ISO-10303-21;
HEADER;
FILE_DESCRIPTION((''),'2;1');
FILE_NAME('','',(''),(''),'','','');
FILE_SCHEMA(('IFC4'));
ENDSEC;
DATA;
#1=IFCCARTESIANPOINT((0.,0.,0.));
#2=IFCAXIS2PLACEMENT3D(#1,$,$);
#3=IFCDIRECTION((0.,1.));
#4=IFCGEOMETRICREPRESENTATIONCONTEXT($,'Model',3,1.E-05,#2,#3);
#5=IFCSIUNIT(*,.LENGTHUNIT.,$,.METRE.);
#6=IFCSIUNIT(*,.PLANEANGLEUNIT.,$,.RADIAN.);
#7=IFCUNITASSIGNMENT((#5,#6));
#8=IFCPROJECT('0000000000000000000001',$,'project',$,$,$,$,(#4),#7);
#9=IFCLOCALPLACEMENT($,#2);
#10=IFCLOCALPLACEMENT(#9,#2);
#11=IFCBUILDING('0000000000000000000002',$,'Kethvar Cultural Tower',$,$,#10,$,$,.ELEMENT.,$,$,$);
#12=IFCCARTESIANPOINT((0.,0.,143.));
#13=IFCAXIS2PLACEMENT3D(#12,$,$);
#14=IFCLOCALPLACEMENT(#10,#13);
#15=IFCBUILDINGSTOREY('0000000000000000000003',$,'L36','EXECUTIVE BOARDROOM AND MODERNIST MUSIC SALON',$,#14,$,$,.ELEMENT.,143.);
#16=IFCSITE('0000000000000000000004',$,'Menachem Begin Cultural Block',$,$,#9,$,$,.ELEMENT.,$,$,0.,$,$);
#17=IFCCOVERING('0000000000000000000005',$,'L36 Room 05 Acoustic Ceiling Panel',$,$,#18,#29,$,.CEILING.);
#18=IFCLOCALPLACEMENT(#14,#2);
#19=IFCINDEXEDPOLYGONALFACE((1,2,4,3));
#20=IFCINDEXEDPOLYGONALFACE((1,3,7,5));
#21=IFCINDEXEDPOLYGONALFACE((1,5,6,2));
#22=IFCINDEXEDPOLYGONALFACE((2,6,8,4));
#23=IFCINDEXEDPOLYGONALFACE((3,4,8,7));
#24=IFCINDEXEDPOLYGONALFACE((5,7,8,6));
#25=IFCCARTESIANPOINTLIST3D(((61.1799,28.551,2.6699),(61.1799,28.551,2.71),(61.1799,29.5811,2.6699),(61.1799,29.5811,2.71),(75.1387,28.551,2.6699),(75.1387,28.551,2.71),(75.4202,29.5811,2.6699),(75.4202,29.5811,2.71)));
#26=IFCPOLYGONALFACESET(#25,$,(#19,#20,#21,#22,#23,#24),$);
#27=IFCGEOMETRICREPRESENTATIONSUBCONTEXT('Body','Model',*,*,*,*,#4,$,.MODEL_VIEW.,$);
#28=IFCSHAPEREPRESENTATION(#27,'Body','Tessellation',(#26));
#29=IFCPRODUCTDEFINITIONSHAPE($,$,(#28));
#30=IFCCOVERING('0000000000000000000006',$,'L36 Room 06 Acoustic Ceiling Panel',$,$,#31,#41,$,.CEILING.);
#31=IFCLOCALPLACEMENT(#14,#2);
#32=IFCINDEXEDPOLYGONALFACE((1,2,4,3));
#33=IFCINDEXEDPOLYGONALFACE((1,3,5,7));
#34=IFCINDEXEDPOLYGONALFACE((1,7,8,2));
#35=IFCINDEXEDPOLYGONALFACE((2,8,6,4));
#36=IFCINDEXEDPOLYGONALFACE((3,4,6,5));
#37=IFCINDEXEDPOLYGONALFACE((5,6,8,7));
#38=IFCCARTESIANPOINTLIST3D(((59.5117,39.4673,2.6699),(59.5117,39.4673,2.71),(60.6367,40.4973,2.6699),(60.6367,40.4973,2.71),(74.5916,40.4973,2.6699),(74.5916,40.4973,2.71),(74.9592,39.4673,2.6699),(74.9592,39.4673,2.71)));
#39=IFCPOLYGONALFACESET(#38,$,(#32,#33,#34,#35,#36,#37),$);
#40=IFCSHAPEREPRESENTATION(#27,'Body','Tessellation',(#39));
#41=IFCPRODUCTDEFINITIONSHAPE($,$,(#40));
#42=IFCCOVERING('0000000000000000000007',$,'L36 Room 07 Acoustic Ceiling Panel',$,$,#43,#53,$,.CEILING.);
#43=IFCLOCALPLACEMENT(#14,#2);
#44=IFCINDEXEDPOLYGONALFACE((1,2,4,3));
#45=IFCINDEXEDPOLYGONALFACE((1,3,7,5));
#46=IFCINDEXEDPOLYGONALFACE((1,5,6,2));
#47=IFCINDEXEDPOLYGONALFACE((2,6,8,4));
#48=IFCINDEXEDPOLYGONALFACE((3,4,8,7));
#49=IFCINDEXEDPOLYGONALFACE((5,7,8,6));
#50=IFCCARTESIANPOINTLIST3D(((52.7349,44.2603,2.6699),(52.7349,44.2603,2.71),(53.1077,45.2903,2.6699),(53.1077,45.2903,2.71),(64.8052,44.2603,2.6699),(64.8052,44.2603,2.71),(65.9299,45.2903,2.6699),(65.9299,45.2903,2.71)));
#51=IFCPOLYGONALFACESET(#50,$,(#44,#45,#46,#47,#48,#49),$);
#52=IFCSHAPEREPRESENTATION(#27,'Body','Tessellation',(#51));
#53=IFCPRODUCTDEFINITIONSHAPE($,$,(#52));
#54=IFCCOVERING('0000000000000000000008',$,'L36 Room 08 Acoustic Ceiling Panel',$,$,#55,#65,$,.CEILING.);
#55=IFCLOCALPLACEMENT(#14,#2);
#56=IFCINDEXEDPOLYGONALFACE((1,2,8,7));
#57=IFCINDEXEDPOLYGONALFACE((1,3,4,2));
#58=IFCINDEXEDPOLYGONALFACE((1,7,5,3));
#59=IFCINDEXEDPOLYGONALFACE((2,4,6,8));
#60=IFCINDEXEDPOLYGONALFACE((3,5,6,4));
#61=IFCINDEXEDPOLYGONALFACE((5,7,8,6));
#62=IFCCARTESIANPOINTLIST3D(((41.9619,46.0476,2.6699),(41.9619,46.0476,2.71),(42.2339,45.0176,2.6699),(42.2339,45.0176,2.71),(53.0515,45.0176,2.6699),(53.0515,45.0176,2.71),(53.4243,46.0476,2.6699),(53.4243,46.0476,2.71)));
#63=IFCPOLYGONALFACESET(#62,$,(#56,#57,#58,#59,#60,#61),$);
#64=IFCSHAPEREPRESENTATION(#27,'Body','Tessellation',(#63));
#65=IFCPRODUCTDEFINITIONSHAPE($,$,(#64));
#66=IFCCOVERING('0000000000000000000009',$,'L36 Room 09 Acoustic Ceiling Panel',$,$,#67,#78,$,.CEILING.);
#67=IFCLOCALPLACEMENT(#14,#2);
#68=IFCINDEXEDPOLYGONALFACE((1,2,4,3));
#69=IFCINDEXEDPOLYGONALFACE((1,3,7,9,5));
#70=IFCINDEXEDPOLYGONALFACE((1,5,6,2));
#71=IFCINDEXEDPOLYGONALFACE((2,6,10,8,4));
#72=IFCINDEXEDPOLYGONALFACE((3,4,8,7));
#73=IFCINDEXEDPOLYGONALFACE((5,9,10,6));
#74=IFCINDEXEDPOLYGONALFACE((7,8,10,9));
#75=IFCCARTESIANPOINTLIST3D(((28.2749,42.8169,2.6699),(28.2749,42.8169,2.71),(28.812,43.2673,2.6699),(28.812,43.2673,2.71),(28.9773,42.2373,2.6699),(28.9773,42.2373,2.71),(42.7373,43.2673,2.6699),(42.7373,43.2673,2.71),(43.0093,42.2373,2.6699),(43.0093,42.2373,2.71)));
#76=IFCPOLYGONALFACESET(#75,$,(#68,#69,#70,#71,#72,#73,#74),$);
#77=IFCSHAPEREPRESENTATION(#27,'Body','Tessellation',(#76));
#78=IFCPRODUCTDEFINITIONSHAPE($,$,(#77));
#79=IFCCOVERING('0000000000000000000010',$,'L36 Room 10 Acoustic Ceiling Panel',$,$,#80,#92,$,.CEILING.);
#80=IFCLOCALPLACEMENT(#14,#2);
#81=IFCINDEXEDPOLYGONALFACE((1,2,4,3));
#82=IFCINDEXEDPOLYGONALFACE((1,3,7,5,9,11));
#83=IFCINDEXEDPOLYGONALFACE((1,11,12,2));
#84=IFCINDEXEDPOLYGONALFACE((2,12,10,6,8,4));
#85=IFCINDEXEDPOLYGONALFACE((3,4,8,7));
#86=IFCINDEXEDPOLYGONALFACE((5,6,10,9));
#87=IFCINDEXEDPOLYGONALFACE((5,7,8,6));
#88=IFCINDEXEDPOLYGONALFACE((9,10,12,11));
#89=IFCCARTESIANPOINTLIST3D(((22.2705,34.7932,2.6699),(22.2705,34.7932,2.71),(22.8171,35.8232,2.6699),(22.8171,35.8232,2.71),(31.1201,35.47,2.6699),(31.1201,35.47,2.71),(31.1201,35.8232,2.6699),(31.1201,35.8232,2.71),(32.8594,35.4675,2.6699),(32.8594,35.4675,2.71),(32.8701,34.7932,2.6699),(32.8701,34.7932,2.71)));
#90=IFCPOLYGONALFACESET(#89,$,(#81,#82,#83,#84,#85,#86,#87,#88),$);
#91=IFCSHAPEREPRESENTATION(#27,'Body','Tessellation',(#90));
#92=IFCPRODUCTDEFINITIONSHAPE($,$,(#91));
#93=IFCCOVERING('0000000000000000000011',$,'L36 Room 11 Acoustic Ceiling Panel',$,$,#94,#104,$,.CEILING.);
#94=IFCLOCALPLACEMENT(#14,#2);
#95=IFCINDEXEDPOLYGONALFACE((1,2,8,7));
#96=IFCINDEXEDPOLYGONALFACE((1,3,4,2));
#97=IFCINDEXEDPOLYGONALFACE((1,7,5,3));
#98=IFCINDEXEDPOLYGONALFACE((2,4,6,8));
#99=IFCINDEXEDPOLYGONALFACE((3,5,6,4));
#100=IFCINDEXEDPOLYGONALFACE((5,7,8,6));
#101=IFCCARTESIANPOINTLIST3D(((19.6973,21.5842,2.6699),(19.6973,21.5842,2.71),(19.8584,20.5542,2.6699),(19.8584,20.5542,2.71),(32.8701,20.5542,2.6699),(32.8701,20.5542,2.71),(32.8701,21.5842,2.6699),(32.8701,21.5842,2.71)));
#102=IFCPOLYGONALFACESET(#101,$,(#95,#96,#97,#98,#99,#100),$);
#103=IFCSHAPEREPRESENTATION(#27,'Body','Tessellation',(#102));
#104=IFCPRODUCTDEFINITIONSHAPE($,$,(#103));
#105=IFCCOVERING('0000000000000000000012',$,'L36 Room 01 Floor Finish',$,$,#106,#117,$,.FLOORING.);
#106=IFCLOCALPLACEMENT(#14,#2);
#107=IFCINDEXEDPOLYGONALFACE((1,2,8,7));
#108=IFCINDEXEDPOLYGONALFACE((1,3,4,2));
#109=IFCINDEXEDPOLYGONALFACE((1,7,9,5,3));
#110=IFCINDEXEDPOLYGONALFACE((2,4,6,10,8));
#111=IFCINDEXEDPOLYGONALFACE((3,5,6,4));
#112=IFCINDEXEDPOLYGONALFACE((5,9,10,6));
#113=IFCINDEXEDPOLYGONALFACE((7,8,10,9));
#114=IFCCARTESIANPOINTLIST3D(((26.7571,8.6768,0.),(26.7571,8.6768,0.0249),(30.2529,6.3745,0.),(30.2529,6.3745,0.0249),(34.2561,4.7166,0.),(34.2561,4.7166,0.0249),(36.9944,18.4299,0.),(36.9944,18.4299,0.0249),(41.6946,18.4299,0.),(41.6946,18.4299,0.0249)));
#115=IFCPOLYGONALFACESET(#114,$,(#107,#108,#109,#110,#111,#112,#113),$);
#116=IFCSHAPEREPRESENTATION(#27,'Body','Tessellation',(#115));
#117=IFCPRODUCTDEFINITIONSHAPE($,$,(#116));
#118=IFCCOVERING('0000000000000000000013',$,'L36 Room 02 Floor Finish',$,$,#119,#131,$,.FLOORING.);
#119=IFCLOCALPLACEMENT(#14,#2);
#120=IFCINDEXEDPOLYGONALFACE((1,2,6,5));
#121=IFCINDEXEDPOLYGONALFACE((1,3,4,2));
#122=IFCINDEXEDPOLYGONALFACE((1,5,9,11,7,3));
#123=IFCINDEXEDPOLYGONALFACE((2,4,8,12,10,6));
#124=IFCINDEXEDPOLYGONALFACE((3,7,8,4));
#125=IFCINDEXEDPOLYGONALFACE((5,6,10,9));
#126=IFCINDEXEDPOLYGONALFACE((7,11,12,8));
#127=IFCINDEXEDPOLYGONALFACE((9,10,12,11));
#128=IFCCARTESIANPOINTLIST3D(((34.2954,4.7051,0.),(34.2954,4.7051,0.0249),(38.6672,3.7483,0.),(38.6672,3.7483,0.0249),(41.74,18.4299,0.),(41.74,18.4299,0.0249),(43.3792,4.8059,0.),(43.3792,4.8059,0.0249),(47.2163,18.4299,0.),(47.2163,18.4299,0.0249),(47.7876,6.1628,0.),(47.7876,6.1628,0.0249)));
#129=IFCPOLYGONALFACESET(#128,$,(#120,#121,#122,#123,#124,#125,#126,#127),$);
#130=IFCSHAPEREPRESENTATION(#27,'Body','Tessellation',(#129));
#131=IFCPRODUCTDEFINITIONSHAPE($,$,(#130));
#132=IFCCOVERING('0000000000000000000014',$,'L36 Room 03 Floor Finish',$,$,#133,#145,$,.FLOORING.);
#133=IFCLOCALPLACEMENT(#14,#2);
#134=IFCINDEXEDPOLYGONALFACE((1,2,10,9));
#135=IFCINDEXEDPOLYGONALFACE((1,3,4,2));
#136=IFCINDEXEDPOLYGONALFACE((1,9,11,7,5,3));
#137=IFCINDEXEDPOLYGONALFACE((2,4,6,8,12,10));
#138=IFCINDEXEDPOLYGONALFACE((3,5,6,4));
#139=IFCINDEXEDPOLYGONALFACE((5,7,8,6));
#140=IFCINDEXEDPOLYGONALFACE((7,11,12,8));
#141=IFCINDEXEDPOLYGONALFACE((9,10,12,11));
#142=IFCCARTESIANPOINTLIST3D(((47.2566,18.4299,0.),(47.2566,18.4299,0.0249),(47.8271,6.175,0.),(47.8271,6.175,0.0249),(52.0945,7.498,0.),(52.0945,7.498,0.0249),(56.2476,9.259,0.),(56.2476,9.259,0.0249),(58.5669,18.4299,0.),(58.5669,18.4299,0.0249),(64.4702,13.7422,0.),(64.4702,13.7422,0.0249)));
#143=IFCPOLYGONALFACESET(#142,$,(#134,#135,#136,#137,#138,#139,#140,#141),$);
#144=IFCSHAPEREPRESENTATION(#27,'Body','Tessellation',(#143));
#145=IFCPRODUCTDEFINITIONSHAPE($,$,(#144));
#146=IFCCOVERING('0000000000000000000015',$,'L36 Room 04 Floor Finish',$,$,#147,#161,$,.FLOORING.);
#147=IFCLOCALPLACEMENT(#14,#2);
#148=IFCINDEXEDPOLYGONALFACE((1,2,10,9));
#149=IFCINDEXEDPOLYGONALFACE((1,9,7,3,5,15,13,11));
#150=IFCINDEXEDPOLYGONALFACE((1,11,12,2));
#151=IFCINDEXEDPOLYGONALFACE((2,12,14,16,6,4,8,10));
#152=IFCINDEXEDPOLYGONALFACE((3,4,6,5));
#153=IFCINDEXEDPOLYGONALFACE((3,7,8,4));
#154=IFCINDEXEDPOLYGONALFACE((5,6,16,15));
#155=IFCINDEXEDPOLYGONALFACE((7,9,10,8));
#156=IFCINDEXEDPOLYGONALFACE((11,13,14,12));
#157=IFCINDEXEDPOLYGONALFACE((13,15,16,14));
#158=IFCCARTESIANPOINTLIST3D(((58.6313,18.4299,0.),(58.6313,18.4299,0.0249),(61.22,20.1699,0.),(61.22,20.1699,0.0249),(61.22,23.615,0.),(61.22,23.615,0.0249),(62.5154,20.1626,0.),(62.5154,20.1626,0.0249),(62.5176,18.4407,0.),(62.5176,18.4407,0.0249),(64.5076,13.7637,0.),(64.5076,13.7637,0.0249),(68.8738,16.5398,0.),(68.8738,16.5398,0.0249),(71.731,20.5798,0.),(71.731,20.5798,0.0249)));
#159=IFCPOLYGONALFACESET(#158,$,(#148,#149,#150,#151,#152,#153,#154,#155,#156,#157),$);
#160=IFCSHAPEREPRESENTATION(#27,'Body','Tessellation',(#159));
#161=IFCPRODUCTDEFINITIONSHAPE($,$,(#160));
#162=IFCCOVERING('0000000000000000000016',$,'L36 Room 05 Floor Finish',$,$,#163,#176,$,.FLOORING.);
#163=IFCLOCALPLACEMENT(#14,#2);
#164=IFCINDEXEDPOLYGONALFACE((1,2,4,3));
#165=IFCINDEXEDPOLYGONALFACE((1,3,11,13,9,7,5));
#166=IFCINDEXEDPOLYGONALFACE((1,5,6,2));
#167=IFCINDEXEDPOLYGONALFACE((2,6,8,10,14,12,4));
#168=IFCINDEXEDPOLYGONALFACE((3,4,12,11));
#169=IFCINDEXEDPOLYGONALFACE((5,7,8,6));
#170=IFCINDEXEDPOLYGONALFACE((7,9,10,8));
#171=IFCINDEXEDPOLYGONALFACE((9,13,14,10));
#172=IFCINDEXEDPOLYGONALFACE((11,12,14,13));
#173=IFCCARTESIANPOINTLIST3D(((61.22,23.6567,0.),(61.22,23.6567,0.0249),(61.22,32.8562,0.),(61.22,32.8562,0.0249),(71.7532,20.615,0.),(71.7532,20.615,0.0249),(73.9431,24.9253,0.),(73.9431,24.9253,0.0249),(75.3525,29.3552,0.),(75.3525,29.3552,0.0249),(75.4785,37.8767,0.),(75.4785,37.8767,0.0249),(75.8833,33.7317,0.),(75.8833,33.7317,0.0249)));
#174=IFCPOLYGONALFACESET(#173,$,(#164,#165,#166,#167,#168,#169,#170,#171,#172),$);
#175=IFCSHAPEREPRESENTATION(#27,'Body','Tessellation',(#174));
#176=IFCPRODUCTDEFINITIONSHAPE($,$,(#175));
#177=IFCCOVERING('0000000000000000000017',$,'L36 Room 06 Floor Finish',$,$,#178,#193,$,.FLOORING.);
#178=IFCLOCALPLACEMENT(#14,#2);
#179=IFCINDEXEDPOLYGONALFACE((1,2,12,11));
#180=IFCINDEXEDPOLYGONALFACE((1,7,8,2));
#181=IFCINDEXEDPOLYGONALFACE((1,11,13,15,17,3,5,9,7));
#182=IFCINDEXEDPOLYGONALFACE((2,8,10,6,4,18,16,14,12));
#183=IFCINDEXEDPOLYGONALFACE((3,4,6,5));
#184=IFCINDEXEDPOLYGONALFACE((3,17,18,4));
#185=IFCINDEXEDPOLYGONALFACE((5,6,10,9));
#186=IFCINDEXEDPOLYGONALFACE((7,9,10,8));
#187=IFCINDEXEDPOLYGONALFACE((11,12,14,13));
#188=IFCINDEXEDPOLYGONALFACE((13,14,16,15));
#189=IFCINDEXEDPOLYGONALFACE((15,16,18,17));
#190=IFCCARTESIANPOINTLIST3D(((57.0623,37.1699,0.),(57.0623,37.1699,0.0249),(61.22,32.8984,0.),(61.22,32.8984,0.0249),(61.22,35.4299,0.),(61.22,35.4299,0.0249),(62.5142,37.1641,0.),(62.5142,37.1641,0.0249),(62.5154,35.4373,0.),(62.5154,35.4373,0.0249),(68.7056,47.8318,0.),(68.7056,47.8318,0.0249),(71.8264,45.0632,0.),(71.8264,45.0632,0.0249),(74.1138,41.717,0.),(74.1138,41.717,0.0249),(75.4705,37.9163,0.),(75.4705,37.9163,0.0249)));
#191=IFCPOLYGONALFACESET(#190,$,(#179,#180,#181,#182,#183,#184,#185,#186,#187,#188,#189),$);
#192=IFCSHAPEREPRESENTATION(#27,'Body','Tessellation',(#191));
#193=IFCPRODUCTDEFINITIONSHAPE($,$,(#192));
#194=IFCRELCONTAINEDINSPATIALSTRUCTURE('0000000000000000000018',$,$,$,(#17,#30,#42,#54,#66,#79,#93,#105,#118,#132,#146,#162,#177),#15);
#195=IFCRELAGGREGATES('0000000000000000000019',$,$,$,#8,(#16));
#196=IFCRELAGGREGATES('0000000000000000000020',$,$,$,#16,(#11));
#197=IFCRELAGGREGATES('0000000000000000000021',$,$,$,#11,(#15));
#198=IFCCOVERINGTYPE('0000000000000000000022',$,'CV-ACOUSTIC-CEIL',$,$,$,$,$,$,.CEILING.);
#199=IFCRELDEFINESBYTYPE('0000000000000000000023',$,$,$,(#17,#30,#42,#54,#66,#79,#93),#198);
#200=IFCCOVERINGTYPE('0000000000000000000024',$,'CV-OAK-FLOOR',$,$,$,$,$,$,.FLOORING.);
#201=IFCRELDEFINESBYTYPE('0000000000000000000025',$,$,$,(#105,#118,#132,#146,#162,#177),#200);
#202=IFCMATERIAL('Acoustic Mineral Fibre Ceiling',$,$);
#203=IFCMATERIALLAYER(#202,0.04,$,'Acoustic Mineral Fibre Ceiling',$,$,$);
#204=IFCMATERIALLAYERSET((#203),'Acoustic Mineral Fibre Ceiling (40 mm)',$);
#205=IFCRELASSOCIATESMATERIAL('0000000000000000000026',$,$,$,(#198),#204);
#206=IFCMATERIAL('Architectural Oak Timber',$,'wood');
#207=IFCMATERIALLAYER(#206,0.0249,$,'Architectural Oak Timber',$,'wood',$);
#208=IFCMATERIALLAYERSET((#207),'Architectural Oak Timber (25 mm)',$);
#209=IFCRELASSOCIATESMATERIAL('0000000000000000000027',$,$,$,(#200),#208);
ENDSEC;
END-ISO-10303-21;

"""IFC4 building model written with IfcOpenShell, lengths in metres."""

from ifc_helpers import new_model, si_unit, direction, frame, origin, place, context, subcontext, project, spatial, polyline, outline, extrude, material, layer, layer_set, type_object, element, save


model = new_model("IFC4")

# Units and contexts
model_context = context("Model", 3, precision=1e-05, world=origin(), true_north=direction((0.0, 1.0)))
body_context = subcontext(model_context, "Body", "Model", "MODEL_VIEW")
ifc_project = project(units=[si_unit("LENGTHUNIT", "METRE"), si_unit("PLANEANGLEUNIT", "RADIAN")], contexts=[model_context])

# Site, building, storey
site_placement = place(None, origin())
site = spatial("IfcSite", under=ifc_project, at=site_placement, Name="Menachem Begin Cultural Block", CompositionType="ELEMENT", RefElevation=0.0)
building_placement = place(site_placement, origin())
building = spatial("IfcBuilding", under=site, at=building_placement, Name="Kethvar Cultural Tower", CompositionType="ELEMENT")
storey_placement = place(building_placement, frame((0.0, 0.0, 143.0)))
storey = spatial("IfcBuildingStorey", under=building, at=storey_placement, Name="L36", Description="EXECUTIVE BOARDROOM AND MODERNIST MUSIC SALON", CompositionType="ELEMENT", Elevation=143.0)

# Coverings
ifc_material_1 = material(Name="Acoustic Mineral Fibre Ceiling")
ifc_layer_1 = layer(ifc_material_1, 0.04, Name="Acoustic Mineral Fibre Ceiling")
ifc_layer_set_1 = layer_set([ifc_layer_1], Name="Acoustic Mineral Fibre Ceiling (40 mm)")
covering_type_1 = type_object("IfcCoveringType", Name="CV-ACOUSTIC-CEIL", PredefinedType="CEILING", material=ifc_layer_set_1)
covering_1_placement = place(storey_placement, frame((0.0, 0.0, 2.6699)))
element("IfcCovering", 1, at=covering_1_placement, inside=storey, type_object=covering_type_1, Name="L36 Room 05 Acoustic Ceiling Panel", PredefinedType="CEILING", context=body_context, shape_type="SweptSolid", body=[
    extrude(outline(polyline([(75.4202, 29.5811), (75.1387, 28.551), (61.1799, 28.551), (61.1799, 29.5811), (75.4202, 29.5811)])), origin(), (0.0, 0.0, 1.0), 0.04),
])
covering_2_placement = place(storey_placement, frame((0.0, 0.0, 2.6699)))
element("IfcCovering", 2, at=covering_2_placement, inside=storey, type_object=covering_type_1, Name="L36 Room 06 Acoustic Ceiling Panel", PredefinedType="CEILING", context=body_context, shape_type="SweptSolid", body=[
    extrude(outline(polyline([(74.9592, 39.4673), (59.5117, 39.4673), (60.6367, 40.4973), (74.5916, 40.4973), (74.9592, 39.4673)])), origin(), (0.0, 0.0, 1.0), 0.04),
])
covering_3_placement = place(storey_placement, frame((0.0, 0.0, 2.6699)))
element("IfcCovering", 3, at=covering_3_placement, inside=storey, type_object=covering_type_1, Name="L36 Room 07 Acoustic Ceiling Panel", PredefinedType="CEILING", context=body_context, shape_type="SweptSolid", body=[
    extrude(outline(polyline([(64.8052, 44.2603), (52.7349, 44.2603), (53.1077, 45.2903), (65.9299, 45.2903), (64.8052, 44.2603)])), origin(), (0.0, 0.0, 1.0), 0.04),
])
covering_4_placement = place(storey_placement, frame((0.0, 0.0, 2.6699)))
element("IfcCovering", 4, at=covering_4_placement, inside=storey, type_object=covering_type_1, Name="L36 Room 08 Acoustic Ceiling Panel", PredefinedType="CEILING", context=body_context, shape_type="SweptSolid", body=[
    extrude(outline(polyline([(53.0515, 45.0176), (42.2339, 45.0176), (41.9619, 46.0476), (53.4243, 46.0476), (53.0515, 45.0176)])), origin(), (0.0, 0.0, 1.0), 0.04),
])
covering_5_placement = place(storey_placement, frame((0.0, 0.0, 2.6699)))
element("IfcCovering", 5, at=covering_5_placement, inside=storey, type_object=covering_type_1, Name="L36 Room 09 Acoustic Ceiling Panel", PredefinedType="CEILING", context=body_context, shape_type="SweptSolid", body=[
    extrude(outline(polyline([(43.0093, 42.2373), (28.9773, 42.2373), (28.2749, 42.8169), (28.812, 43.2673), (42.7373, 43.2673), (43.0093, 42.2373)])), origin(), (0.0, 0.0, 1.0), 0.04),
])
covering_6_placement = place(storey_placement, frame((0.0, 0.0, 2.6699)))
element("IfcCovering", 6, at=covering_6_placement, inside=storey, type_object=covering_type_1, Name="L36 Room 10 Acoustic Ceiling Panel", PredefinedType="CEILING", context=body_context, shape_type="SweptSolid", body=[
    extrude(outline(polyline([(22.2705, 34.7932), (22.8171, 35.8232), (31.1201, 35.8232), (31.1201, 35.47), (32.8594, 35.4675), (32.8701, 34.7932), (22.2705, 34.7932)])), origin(), (0.0, 0.0, 1.0), 0.04),
])
covering_7_placement = place(storey_placement, frame((0.0, 0.0, 2.6699)))
element("IfcCovering", 7, at=covering_7_placement, inside=storey, type_object=covering_type_1, Name="L36 Room 11 Acoustic Ceiling Panel", PredefinedType="CEILING", context=body_context, shape_type="SweptSolid", body=[
    extrude(outline(polyline([(19.6973, 21.5842), (32.8701, 21.5842), (32.8701, 20.5542), (19.8584, 20.5542), (19.6973, 21.5842)])), origin(), (0.0, 0.0, 1.0), 0.04),
])
ifc_material_2 = material(Name="Architectural Oak Timber", Category="wood")
ifc_layer_2 = layer(ifc_material_2, 0.0249, Name="Architectural Oak Timber", Category="wood")
ifc_layer_set_2 = layer_set([ifc_layer_2], Name="Architectural Oak Timber (25 mm)")
covering_type_2 = type_object("IfcCoveringType", Name="CV-OAK-FLOOR", PredefinedType="FLOORING", material=ifc_layer_set_2)
covering_8_placement = place(storey_placement, origin())
element("IfcCovering", 8, at=covering_8_placement, inside=storey, type_object=covering_type_2, Name="L36 Room 01 Floor Finish", PredefinedType="FLOORING", context=body_context, shape_type="SweptSolid", body=[
    extrude(outline(polyline([(30.2529, 6.3745), (26.7571, 8.6768), (36.9944, 18.4299), (41.6946, 18.4299), (34.2561, 4.7166), (30.2529, 6.3745)])), origin(), (0.0, 0.0, 1.0), 0.0249),
])
covering_9_placement = place(storey_placement, origin())
element("IfcCovering", 9, at=covering_9_placement, inside=storey, type_object=covering_type_2, Name="L36 Room 02 Floor Finish", PredefinedType="FLOORING", context=body_context, shape_type="SweptSolid", body=[
    extrude(outline(polyline([(43.3792, 4.8059), (38.6672, 3.7483), (34.2954, 4.7051), (41.74, 18.4299), (47.2163, 18.4299), (47.7876, 6.1628), (43.3792, 4.8059)])), origin(), (0.0, 0.0, 1.0), 0.0249),
])
covering_10_placement = place(storey_placement, origin())
element("IfcCovering", 10, at=covering_10_placement, inside=storey, type_object=covering_type_2, Name="L36 Room 03 Floor Finish", PredefinedType="FLOORING", context=body_context, shape_type="SweptSolid", body=[
    extrude(outline(polyline([(64.4702, 13.7422), (56.2476, 9.259), (52.0945, 7.498), (47.8271, 6.175), (47.2566, 18.4299), (58.5669, 18.4299), (64.4702, 13.7422)])), origin(), (0.0, 0.0, 1.0), 0.0249),
])
covering_11_placement = place(storey_placement, origin())
element("IfcCovering", 11, at=covering_11_placement, inside=storey, type_object=covering_type_2, Name="L36 Room 04 Floor Finish", PredefinedType="FLOORING", context=body_context, shape_type="SweptSolid", body=[
    extrude(outline(polyline([(68.8738, 16.5398), (64.5076, 13.7637), (58.6313, 18.4299), (62.5176, 18.4407), (62.5154, 20.1626), (61.22, 20.1699), (61.22, 23.615), (71.731, 20.5798), (68.8738, 16.5398)])), origin(), (0.0, 0.0, 1.0), 0.0249),
])
covering_12_placement = place(storey_placement, origin())
element("IfcCovering", 12, at=covering_12_placement, inside=storey, type_object=covering_type_2, Name="L36 Room 05 Floor Finish", PredefinedType="FLOORING", context=body_context, shape_type="SweptSolid", body=[
    extrude(outline(polyline([(75.8833, 33.7317), (75.3525, 29.3552), (73.9431, 24.9253), (71.7532, 20.615), (61.22, 23.6567), (61.22, 32.8562), (75.4785, 37.8767), (75.8833, 33.7317)])), origin(), (0.0, 0.0, 1.0), 0.0249),
])
covering_13_placement = place(storey_placement, origin())
element("IfcCovering", 13, at=covering_13_placement, inside=storey, type_object=covering_type_2, Name="L36 Room 06 Floor Finish", PredefinedType="FLOORING", context=body_context, shape_type="SweptSolid", body=[
    extrude(outline(polyline([(71.8264, 45.0632), (74.1138, 41.717), (75.4705, 37.9163), (61.22, 32.8984), (61.22, 35.4299), (62.5154, 35.4373), (62.5142, 37.1641), (57.0623, 37.1699), (68.7056, 47.8318), (71.8264, 45.0632)])), origin(), (0.0, 0.0, 1.0), 0.0249),
])

save(model, "model.ifc")
